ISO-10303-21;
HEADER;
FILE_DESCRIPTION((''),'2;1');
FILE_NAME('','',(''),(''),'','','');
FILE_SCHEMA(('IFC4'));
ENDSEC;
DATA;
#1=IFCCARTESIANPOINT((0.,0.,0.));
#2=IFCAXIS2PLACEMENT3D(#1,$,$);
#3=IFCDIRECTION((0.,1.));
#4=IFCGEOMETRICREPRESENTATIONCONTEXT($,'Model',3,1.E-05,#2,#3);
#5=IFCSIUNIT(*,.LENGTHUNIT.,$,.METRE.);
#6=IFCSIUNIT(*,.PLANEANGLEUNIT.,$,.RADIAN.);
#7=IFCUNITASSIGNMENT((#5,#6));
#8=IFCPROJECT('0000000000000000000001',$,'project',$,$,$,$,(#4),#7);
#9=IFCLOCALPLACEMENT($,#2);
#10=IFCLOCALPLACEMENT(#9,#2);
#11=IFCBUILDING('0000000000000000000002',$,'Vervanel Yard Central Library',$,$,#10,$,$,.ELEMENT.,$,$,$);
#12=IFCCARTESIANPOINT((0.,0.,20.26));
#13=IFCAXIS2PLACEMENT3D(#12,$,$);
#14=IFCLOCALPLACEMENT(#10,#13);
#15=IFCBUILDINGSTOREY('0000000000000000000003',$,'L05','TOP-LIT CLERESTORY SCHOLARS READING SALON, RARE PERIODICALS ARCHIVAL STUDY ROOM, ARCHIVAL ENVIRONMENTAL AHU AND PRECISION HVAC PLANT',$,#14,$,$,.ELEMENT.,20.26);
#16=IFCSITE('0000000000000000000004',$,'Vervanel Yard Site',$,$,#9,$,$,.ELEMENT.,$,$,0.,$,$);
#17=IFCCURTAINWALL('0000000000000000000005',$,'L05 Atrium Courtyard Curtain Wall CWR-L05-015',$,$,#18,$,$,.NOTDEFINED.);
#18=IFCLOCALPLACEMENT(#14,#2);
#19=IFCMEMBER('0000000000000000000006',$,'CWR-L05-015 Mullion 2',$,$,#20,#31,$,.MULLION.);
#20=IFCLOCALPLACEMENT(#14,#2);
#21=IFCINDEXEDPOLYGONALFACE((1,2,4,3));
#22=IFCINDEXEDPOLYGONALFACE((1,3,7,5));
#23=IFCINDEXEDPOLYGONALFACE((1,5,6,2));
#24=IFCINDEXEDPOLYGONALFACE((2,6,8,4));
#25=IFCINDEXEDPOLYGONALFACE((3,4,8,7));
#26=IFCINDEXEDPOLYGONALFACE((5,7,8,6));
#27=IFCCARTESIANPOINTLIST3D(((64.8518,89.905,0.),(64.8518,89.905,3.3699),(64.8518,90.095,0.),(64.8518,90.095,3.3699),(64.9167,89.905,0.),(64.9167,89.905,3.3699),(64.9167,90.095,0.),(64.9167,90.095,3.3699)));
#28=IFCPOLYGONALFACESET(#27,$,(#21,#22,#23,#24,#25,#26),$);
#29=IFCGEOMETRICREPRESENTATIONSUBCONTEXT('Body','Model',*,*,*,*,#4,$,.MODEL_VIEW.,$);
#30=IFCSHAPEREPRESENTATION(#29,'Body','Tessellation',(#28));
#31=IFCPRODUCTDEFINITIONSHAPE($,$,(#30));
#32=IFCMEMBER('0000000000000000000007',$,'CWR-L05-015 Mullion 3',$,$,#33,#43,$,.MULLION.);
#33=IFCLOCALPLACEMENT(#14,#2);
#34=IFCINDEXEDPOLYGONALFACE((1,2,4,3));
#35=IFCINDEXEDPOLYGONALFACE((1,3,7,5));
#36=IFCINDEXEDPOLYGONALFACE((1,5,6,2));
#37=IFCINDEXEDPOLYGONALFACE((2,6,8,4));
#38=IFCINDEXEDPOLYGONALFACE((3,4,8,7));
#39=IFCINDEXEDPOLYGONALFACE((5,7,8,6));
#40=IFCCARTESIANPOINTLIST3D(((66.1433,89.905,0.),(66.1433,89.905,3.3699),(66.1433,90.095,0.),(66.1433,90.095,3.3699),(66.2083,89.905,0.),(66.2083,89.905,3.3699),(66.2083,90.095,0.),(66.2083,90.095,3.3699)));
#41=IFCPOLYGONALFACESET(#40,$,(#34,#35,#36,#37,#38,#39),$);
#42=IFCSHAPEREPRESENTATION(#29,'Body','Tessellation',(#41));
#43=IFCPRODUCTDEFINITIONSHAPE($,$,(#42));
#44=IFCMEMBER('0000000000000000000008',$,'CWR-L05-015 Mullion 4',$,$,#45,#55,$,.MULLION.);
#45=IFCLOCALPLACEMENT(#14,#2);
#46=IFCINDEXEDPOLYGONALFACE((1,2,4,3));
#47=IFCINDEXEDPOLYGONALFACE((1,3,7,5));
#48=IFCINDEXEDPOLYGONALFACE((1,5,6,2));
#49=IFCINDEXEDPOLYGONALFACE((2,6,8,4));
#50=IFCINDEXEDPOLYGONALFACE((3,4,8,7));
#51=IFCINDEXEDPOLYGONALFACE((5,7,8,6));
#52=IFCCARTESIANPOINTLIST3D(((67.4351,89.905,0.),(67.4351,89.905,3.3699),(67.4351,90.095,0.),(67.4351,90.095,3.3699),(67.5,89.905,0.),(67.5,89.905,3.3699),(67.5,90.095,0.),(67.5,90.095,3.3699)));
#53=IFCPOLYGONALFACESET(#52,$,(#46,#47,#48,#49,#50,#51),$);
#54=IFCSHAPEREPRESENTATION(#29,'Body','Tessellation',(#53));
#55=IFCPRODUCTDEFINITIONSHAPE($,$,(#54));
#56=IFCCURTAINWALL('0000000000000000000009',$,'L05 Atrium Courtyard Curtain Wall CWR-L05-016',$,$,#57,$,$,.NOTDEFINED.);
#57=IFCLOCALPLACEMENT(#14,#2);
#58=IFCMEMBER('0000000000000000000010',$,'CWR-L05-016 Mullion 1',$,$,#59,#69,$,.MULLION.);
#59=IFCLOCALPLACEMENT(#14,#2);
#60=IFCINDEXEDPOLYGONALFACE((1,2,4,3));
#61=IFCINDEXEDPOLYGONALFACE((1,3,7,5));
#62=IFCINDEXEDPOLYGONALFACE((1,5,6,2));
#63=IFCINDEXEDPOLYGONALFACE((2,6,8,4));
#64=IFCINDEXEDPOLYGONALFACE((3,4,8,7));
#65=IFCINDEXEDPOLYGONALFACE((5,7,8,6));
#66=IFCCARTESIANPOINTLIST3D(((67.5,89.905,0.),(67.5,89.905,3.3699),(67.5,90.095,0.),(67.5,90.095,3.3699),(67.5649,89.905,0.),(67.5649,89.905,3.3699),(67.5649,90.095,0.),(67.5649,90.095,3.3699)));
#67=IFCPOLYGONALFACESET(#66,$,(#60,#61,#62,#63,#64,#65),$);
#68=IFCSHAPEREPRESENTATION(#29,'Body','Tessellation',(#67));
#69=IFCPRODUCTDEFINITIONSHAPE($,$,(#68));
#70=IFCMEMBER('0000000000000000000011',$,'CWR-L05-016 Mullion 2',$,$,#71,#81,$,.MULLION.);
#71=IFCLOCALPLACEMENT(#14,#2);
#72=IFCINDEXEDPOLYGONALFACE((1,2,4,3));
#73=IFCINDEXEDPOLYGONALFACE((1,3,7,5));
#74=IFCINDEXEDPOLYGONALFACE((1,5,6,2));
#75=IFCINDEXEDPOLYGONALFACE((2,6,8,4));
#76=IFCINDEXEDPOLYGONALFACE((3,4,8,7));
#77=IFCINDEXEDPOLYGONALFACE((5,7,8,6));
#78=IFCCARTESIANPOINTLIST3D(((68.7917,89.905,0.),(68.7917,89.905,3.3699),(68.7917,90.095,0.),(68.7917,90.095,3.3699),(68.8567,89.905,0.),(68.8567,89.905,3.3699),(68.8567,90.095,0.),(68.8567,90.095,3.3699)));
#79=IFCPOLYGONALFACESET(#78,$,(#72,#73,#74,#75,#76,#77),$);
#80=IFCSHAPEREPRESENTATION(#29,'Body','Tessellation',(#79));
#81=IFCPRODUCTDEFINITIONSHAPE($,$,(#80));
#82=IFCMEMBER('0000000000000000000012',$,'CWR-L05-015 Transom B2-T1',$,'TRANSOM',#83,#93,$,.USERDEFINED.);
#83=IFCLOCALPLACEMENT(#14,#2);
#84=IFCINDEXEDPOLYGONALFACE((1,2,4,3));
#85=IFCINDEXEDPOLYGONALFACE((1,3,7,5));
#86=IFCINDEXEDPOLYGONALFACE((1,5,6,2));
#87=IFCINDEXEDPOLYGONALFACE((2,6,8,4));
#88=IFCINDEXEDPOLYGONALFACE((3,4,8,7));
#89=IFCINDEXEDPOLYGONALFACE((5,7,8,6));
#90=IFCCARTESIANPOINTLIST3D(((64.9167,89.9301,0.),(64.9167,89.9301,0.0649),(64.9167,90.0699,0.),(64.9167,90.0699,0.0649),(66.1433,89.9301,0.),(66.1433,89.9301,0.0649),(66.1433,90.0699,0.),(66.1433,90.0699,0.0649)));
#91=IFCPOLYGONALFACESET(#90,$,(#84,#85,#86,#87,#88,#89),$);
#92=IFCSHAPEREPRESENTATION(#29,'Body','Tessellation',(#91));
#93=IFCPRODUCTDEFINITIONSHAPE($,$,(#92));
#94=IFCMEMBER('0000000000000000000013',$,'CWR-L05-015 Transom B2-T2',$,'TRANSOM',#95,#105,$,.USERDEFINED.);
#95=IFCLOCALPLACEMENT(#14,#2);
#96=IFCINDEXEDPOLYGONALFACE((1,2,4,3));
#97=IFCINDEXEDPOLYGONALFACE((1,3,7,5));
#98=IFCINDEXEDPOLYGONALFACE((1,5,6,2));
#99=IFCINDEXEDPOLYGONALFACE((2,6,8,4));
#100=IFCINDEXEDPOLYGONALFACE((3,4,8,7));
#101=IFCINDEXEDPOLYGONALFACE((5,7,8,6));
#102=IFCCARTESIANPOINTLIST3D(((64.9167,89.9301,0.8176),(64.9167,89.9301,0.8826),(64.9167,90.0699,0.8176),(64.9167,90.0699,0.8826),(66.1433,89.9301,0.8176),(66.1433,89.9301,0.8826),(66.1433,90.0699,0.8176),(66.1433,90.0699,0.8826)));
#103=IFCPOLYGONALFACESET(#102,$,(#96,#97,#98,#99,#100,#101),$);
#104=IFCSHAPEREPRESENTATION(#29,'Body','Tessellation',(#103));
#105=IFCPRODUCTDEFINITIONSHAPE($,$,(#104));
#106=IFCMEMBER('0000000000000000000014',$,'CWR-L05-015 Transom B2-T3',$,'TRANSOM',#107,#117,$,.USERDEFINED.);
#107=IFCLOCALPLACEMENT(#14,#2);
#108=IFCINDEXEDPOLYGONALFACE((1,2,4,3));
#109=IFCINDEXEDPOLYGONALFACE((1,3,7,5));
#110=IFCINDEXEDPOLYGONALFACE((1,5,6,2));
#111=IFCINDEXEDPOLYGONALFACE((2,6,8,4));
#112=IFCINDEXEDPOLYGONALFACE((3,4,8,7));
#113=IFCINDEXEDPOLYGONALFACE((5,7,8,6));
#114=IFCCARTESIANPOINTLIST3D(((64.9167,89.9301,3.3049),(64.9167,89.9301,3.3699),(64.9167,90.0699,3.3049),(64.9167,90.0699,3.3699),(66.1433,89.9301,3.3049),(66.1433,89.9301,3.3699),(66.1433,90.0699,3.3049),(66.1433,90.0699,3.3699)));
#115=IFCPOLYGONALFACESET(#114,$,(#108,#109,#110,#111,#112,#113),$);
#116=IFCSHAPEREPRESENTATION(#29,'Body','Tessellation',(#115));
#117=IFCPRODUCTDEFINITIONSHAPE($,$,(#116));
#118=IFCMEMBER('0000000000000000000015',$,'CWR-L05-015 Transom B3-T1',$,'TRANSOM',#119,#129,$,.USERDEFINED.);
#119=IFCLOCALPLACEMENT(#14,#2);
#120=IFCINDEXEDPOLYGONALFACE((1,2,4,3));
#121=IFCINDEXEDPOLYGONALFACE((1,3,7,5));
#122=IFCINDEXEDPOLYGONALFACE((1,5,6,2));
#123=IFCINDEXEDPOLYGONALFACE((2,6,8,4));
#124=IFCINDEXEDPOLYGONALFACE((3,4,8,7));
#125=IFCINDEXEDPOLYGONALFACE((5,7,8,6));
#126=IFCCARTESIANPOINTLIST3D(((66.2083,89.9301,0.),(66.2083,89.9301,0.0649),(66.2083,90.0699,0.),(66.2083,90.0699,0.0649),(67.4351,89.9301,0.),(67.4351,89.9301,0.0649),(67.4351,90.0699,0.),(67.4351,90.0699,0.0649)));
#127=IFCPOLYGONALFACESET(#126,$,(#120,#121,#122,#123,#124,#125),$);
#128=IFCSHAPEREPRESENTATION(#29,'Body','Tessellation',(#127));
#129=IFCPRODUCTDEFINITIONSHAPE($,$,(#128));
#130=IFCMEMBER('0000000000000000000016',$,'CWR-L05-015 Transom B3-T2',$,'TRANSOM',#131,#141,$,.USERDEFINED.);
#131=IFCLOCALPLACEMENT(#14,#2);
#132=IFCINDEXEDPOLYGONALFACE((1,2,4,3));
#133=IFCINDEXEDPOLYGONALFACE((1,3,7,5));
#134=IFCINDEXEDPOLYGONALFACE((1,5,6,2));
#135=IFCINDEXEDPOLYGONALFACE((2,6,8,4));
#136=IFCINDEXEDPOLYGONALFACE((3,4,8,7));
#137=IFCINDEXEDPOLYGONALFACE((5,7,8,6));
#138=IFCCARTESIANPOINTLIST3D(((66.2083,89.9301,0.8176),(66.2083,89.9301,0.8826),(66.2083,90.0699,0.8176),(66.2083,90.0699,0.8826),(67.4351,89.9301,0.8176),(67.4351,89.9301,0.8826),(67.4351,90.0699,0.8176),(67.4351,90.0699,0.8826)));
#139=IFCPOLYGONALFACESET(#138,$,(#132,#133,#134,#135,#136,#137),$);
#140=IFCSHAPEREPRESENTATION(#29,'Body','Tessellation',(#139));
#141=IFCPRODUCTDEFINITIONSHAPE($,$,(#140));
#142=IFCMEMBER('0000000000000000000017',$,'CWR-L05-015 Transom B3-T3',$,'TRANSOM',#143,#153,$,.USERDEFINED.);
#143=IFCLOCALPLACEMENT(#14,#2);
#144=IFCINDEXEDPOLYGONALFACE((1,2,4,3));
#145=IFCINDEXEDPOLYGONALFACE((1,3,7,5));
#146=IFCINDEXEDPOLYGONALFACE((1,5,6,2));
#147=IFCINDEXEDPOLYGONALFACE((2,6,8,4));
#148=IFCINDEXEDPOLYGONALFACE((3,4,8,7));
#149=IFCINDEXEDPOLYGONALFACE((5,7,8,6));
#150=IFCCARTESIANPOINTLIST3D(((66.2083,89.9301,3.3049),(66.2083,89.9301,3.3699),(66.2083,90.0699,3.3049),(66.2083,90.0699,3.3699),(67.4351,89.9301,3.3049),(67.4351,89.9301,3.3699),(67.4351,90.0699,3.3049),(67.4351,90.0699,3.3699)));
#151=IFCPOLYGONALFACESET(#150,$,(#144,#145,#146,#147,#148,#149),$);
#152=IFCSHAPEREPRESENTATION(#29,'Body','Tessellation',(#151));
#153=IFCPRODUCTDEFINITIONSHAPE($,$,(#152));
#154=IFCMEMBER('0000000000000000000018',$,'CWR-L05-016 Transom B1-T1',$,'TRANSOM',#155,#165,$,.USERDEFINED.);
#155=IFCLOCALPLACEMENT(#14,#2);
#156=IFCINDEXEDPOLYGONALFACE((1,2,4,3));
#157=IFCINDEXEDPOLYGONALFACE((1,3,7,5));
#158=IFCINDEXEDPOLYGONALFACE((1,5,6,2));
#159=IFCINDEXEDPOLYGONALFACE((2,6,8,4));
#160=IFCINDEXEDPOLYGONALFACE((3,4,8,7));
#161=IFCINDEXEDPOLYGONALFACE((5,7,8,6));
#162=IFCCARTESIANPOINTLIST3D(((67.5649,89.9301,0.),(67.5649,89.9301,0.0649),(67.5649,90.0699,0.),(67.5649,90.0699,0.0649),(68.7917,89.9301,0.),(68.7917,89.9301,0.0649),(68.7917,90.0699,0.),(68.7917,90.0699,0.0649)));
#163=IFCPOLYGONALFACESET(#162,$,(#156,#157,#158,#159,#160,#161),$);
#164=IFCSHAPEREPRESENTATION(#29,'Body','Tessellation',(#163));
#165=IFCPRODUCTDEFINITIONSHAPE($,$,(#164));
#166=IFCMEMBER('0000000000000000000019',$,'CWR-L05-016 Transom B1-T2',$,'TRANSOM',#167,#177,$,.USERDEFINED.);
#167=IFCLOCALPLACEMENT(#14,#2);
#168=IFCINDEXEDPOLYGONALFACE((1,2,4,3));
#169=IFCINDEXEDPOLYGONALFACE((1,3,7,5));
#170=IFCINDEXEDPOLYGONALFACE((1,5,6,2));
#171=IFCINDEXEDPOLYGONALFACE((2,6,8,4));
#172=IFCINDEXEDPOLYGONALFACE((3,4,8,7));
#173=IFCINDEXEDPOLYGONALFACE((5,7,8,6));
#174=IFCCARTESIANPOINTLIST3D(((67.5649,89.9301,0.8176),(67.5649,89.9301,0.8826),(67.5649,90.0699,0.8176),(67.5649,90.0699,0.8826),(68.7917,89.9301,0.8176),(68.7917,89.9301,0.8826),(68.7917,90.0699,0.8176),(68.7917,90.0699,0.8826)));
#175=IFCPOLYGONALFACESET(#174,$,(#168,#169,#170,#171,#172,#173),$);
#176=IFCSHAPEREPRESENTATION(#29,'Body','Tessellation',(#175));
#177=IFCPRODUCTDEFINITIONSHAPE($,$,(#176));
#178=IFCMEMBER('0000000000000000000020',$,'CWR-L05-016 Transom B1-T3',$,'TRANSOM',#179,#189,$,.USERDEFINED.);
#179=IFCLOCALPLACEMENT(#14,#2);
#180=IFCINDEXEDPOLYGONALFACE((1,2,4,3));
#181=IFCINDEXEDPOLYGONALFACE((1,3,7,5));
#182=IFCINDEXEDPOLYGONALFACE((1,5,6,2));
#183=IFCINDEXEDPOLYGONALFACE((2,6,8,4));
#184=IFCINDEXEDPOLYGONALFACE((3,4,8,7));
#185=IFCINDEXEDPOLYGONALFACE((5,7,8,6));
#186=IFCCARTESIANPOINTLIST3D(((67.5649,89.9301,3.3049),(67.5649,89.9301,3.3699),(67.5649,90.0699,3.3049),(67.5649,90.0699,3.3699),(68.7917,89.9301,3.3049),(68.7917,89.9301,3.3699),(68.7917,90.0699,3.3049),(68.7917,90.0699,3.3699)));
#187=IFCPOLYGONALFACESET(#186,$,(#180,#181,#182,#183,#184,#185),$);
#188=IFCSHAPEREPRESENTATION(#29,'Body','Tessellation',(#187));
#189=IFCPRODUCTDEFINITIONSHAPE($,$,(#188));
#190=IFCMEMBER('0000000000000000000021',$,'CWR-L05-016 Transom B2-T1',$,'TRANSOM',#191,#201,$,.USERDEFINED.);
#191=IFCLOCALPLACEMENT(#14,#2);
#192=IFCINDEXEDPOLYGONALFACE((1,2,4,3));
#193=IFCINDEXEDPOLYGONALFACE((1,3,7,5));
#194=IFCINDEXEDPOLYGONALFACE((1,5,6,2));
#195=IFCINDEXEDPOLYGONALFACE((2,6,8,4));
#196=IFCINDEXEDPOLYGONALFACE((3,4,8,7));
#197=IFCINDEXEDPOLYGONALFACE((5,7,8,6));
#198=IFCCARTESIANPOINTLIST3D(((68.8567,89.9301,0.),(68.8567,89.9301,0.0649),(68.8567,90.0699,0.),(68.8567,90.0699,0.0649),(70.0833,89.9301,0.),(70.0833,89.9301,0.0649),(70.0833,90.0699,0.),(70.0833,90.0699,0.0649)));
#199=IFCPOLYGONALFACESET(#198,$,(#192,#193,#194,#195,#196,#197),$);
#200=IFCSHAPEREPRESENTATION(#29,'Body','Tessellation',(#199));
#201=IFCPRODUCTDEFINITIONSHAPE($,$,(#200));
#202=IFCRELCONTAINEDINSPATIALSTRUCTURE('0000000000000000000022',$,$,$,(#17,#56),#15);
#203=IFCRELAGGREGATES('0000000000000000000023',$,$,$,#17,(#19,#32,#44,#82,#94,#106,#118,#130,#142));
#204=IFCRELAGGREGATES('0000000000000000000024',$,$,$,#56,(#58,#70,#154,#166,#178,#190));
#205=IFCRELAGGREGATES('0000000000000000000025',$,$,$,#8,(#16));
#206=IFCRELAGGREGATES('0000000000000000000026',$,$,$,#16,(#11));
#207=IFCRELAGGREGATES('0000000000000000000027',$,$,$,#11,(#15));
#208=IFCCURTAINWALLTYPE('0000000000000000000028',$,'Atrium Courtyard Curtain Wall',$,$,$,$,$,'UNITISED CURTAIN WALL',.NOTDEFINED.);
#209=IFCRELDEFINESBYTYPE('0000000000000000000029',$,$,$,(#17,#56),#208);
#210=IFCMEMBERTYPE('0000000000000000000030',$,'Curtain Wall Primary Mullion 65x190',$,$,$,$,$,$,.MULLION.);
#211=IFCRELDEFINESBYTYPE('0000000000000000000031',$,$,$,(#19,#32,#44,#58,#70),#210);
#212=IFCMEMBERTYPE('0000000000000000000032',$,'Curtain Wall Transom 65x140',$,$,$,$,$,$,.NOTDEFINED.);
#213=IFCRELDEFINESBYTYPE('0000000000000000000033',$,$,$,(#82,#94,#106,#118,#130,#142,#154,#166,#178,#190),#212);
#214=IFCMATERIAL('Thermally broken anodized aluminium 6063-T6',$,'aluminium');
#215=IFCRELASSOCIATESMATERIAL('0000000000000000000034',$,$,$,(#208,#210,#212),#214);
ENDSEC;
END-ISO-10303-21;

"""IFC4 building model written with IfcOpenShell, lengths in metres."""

from ifc_helpers import new_model, si_unit, direction, frame, origin, origin_2d, place, context, subcontext, project, spatial, rectangle, extrude, material, material_profile, profile_set, type_object, element, aggregate, save


model = new_model("IFC4")

# Units and contexts
model_context = context("Model", 3, precision=1e-05, world=origin(), true_north=direction((0.0, 1.0)))
body_context = subcontext(model_context, "Body", "Model", "MODEL_VIEW")
ifc_project = project(units=[si_unit("LENGTHUNIT", "METRE"), si_unit("PLANEANGLEUNIT", "RADIAN")], contexts=[model_context])

# Site, building, storey
site_placement = place(None, origin())
site = spatial("IfcSite", under=ifc_project, at=site_placement, Name="Vervanel Yard Site", CompositionType="ELEMENT", RefElevation=0.0)
building_placement = place(site_placement, origin())
building = spatial("IfcBuilding", under=site, at=building_placement, Name="Vervanel Yard Central Library", CompositionType="ELEMENT")
storey_placement = place(building_placement, frame((0.0, 0.0, 20.26)))
storey = spatial("IfcBuildingStorey", under=building, at=storey_placement, Name="L05", Description="TOP-LIT CLERESTORY SCHOLARS READING SALON, RARE PERIODICALS ARCHIVAL STUDY ROOM, ARCHIVAL ENVIRONMENTAL AHU AND PRECISION HVAC PLANT", CompositionType="ELEMENT", Elevation=20.26)

# Curtain walls, members
ifc_material_1 = material(Name="Thermally broken anodized aluminium 6063-T6", Category="aluminium")
curtain_wall_type = type_object("IfcCurtainWallType", Name="Atrium Courtyard Curtain Wall", ElementType="UNITISED CURTAIN WALL", PredefinedType="NOTDEFINED", material=ifc_material_1)
curtain_wall_1_placement = place(storey_placement, origin())
curtain_wall_1 = element("IfcCurtainWall", 1, at=curtain_wall_1_placement, inside=storey, type_object=curtain_wall_type, Name="L05 Atrium Courtyard Curtain Wall CWR-L05-015", PredefinedType="NOTDEFINED")
ifc_material_profile_1 = material_profile(ifc_material_1, rectangle(XDim=0.0649, YDim=0.1899, at=origin_2d()), Name="ALU 65x190", Category="aluminium")
ifc_profile_set_1 = profile_set([ifc_material_profile_1], Name="Thermally broken anodized aluminium 6063-T6")
member_type_1 = type_object("IfcMemberType", Name="Curtain Wall Primary Mullion 65x190", PredefinedType="MULLION", material=ifc_profile_set_1)
member_1_placement = place(storey_placement, frame((64.8843, 90.0, 0.0), z_axis=(0.0, 0.0, 1.0), x_axis=(1.0, 0.0, 0.0)))
member_1 = element("IfcMember", 2, at=member_1_placement, type_object=member_type_1, Name="CWR-L05-015 Mullion 2", PredefinedType="MULLION", context=body_context, shape_type="SweptSolid", body=[
    extrude(rectangle(XDim=0.0649, YDim=0.1899, at=origin_2d()), origin(), (0.0, 0.0, 1.0), 3.3699),
])
member_2_placement = place(storey_placement, frame((66.1758, 90.0, 0.0), z_axis=(0.0, 0.0, 1.0), x_axis=(1.0, 0.0, 0.0)))
member_2 = element("IfcMember", 3, at=member_2_placement, type_object=member_type_1, Name="CWR-L05-015 Mullion 3", PredefinedType="MULLION", context=body_context, shape_type="SweptSolid", body=[
    extrude(rectangle(XDim=0.0649, YDim=0.1899, at=origin_2d()), origin(), (0.0, 0.0, 1.0), 3.3699),
])
member_3_placement = place(storey_placement, frame((67.4675, 90.0, 0.0), z_axis=(0.0, 0.0, 1.0), x_axis=(1.0, 0.0, 0.0)))
member_3 = element("IfcMember", 4, at=member_3_placement, type_object=member_type_1, Name="CWR-L05-015 Mullion 4", PredefinedType="MULLION", context=body_context, shape_type="SweptSolid", body=[
    extrude(rectangle(XDim=0.0649, YDim=0.1899, at=origin_2d()), origin(), (0.0, 0.0, 1.0), 3.3699),
])
curtain_wall_2_placement = place(storey_placement, origin())
curtain_wall_2 = element("IfcCurtainWall", 5, at=curtain_wall_2_placement, inside=storey, type_object=curtain_wall_type, Name="L05 Atrium Courtyard Curtain Wall CWR-L05-016", PredefinedType="NOTDEFINED")
member_4_placement = place(storey_placement, frame((67.5325, 90.0, 0.0), z_axis=(0.0, 0.0, 1.0), x_axis=(1.0, 0.0, 0.0)))
member_4 = element("IfcMember", 6, at=member_4_placement, type_object=member_type_1, Name="CWR-L05-016 Mullion 1", PredefinedType="MULLION", context=body_context, shape_type="SweptSolid", body=[
    extrude(rectangle(XDim=0.0649, YDim=0.1899, at=origin_2d()), origin(), (0.0, 0.0, 1.0), 3.3699),
])
member_5_placement = place(storey_placement, frame((68.8242, 90.0, 0.0), z_axis=(0.0, 0.0, 1.0), x_axis=(1.0, 0.0, 0.0)))
member_5 = element("IfcMember", 7, at=member_5_placement, type_object=member_type_1, Name="CWR-L05-016 Mullion 2", PredefinedType="MULLION", context=body_context, shape_type="SweptSolid", body=[
    extrude(rectangle(XDim=0.0649, YDim=0.1899, at=origin_2d()), origin(), (0.0, 0.0, 1.0), 3.3699),
])

# Members
ifc_material_profile_2 = material_profile(ifc_material_1, rectangle(XDim=0.0649, YDim=0.1399, at=origin_2d()), Name="ALU 65x140", Category="aluminium")
ifc_profile_set_2 = profile_set([ifc_material_profile_2], Name="Thermally broken anodized aluminium 6063-T6")
member_type_2 = type_object("IfcMemberType", Name="Curtain Wall Transom 65x140", PredefinedType="NOTDEFINED", material=ifc_profile_set_2)
member_6_placement = place(storey_placement, frame((64.9167, 90.0, 0.0325), z_axis=(1.0, 0.0, 0.0), x_axis=(0.0, 0.0, 1.0)))
member_6 = element("IfcMember", 8, at=member_6_placement, type_object=member_type_2, Name="CWR-L05-015 Transom B2-T1", ObjectType="TRANSOM", PredefinedType="USERDEFINED", context=body_context, shape_type="SweptSolid", body=[
    extrude(rectangle(XDim=0.0649, YDim=0.1399, at=origin_2d()), origin(), (0.0, 0.0, 1.0), 1.2266),
])
member_7_placement = place(storey_placement, frame((64.9167, 90.0, 0.8501), z_axis=(1.0, 0.0, 0.0), x_axis=(0.0, 0.0, 1.0)))
member_7 = element("IfcMember", 9, at=member_7_placement, type_object=member_type_2, Name="CWR-L05-015 Transom B2-T2", ObjectType="TRANSOM", PredefinedType="USERDEFINED", context=body_context, shape_type="SweptSolid", body=[
    extrude(rectangle(XDim=0.0649, YDim=0.1399, at=origin_2d()), origin(), (0.0, 0.0, 1.0), 1.2266),
])
member_8_placement = place(storey_placement, frame((64.9167, 90.0, 3.3374), z_axis=(1.0, 0.0, 0.0), x_axis=(0.0, 0.0, 1.0)))
member_8 = element("IfcMember", 10, at=member_8_placement, type_object=member_type_2, Name="CWR-L05-015 Transom B2-T3", ObjectType="TRANSOM", PredefinedType="USERDEFINED", context=body_context, shape_type="SweptSolid", body=[
    extrude(rectangle(XDim=0.0649, YDim=0.1399, at=origin_2d()), origin(), (0.0, 0.0, 1.0), 1.2266),
])
member_9_placement = place(storey_placement, frame((66.2083, 90.0, 0.0325), z_axis=(1.0, 0.0, 0.0), x_axis=(0.0, 0.0, 1.0)))
member_9 = element("IfcMember", 11, at=member_9_placement, type_object=member_type_2, Name="CWR-L05-015 Transom B3-T1", ObjectType="TRANSOM", PredefinedType="USERDEFINED", context=body_context, shape_type="SweptSolid", body=[
    extrude(rectangle(XDim=0.0649, YDim=0.1399, at=origin_2d()), origin(), (0.0, 0.0, 1.0), 1.2268),
])
member_10_placement = place(storey_placement, frame((66.2083, 90.0, 0.8501), z_axis=(1.0, 0.0, 0.0), x_axis=(0.0, 0.0, 1.0)))
member_10 = element("IfcMember", 12, at=member_10_placement, type_object=member_type_2, Name="CWR-L05-015 Transom B3-T2", ObjectType="TRANSOM", PredefinedType="USERDEFINED", context=body_context, shape_type="SweptSolid", body=[
    extrude(rectangle(XDim=0.0649, YDim=0.1399, at=origin_2d()), origin(), (0.0, 0.0, 1.0), 1.2268),
])
member_11_placement = place(storey_placement, frame((66.2083, 90.0, 3.3374), z_axis=(1.0, 0.0, 0.0), x_axis=(0.0, 0.0, 1.0)))
member_11 = element("IfcMember", 13, at=member_11_placement, type_object=member_type_2, Name="CWR-L05-015 Transom B3-T3", ObjectType="TRANSOM", PredefinedType="USERDEFINED", context=body_context, shape_type="SweptSolid", body=[
    extrude(rectangle(XDim=0.0649, YDim=0.1399, at=origin_2d()), origin(), (0.0, 0.0, 1.0), 1.2268),
])
member_12_placement = place(storey_placement, frame((67.5649, 90.0, 0.0325), z_axis=(1.0, 0.0, 0.0), x_axis=(0.0, 0.0, 1.0)))
member_12 = element("IfcMember", 14, at=member_12_placement, type_object=member_type_2, Name="CWR-L05-016 Transom B1-T1", ObjectType="TRANSOM", PredefinedType="USERDEFINED", context=body_context, shape_type="SweptSolid", body=[
    extrude(rectangle(XDim=0.0649, YDim=0.1399, at=origin_2d()), origin(), (0.0, 0.0, 1.0), 1.2268),
])
member_13_placement = place(storey_placement, frame((67.5649, 90.0, 0.8501), z_axis=(1.0, 0.0, 0.0), x_axis=(0.0, 0.0, 1.0)))
member_13 = element("IfcMember", 15, at=member_13_placement, type_object=member_type_2, Name="CWR-L05-016 Transom B1-T2", ObjectType="TRANSOM", PredefinedType="USERDEFINED", context=body_context, shape_type="SweptSolid", body=[
    extrude(rectangle(XDim=0.0649, YDim=0.1399, at=origin_2d()), origin(), (0.0, 0.0, 1.0), 1.2268),
])
member_14_placement = place(storey_placement, frame((67.5649, 90.0, 3.3374), z_axis=(1.0, 0.0, 0.0), x_axis=(0.0, 0.0, 1.0)))
member_14 = element("IfcMember", 16, at=member_14_placement, type_object=member_type_2, Name="CWR-L05-016 Transom B1-T3", ObjectType="TRANSOM", PredefinedType="USERDEFINED", context=body_context, shape_type="SweptSolid", body=[
    extrude(rectangle(XDim=0.0649, YDim=0.1399, at=origin_2d()), origin(), (0.0, 0.0, 1.0), 1.2268),
])
member_15_placement = place(storey_placement, frame((68.8567, 90.0, 0.0325), z_axis=(1.0, 0.0, 0.0), x_axis=(0.0, 0.0, 1.0)))
member_15 = element("IfcMember", 17, at=member_15_placement, type_object=member_type_2, Name="CWR-L05-016 Transom B2-T1", ObjectType="TRANSOM", PredefinedType="USERDEFINED", context=body_context, shape_type="SweptSolid", body=[
    extrude(rectangle(XDim=0.0649, YDim=0.1399, at=origin_2d()), origin(), (0.0, 0.0, 1.0), 1.2266),
])

aggregate(curtain_wall_1, [member_1, member_2, member_3, member_6, member_7, member_8, member_9, member_10, member_11])
aggregate(curtain_wall_2, [member_4, member_5, member_12, member_13, member_14, member_15])

save(model, "model.ifc")
